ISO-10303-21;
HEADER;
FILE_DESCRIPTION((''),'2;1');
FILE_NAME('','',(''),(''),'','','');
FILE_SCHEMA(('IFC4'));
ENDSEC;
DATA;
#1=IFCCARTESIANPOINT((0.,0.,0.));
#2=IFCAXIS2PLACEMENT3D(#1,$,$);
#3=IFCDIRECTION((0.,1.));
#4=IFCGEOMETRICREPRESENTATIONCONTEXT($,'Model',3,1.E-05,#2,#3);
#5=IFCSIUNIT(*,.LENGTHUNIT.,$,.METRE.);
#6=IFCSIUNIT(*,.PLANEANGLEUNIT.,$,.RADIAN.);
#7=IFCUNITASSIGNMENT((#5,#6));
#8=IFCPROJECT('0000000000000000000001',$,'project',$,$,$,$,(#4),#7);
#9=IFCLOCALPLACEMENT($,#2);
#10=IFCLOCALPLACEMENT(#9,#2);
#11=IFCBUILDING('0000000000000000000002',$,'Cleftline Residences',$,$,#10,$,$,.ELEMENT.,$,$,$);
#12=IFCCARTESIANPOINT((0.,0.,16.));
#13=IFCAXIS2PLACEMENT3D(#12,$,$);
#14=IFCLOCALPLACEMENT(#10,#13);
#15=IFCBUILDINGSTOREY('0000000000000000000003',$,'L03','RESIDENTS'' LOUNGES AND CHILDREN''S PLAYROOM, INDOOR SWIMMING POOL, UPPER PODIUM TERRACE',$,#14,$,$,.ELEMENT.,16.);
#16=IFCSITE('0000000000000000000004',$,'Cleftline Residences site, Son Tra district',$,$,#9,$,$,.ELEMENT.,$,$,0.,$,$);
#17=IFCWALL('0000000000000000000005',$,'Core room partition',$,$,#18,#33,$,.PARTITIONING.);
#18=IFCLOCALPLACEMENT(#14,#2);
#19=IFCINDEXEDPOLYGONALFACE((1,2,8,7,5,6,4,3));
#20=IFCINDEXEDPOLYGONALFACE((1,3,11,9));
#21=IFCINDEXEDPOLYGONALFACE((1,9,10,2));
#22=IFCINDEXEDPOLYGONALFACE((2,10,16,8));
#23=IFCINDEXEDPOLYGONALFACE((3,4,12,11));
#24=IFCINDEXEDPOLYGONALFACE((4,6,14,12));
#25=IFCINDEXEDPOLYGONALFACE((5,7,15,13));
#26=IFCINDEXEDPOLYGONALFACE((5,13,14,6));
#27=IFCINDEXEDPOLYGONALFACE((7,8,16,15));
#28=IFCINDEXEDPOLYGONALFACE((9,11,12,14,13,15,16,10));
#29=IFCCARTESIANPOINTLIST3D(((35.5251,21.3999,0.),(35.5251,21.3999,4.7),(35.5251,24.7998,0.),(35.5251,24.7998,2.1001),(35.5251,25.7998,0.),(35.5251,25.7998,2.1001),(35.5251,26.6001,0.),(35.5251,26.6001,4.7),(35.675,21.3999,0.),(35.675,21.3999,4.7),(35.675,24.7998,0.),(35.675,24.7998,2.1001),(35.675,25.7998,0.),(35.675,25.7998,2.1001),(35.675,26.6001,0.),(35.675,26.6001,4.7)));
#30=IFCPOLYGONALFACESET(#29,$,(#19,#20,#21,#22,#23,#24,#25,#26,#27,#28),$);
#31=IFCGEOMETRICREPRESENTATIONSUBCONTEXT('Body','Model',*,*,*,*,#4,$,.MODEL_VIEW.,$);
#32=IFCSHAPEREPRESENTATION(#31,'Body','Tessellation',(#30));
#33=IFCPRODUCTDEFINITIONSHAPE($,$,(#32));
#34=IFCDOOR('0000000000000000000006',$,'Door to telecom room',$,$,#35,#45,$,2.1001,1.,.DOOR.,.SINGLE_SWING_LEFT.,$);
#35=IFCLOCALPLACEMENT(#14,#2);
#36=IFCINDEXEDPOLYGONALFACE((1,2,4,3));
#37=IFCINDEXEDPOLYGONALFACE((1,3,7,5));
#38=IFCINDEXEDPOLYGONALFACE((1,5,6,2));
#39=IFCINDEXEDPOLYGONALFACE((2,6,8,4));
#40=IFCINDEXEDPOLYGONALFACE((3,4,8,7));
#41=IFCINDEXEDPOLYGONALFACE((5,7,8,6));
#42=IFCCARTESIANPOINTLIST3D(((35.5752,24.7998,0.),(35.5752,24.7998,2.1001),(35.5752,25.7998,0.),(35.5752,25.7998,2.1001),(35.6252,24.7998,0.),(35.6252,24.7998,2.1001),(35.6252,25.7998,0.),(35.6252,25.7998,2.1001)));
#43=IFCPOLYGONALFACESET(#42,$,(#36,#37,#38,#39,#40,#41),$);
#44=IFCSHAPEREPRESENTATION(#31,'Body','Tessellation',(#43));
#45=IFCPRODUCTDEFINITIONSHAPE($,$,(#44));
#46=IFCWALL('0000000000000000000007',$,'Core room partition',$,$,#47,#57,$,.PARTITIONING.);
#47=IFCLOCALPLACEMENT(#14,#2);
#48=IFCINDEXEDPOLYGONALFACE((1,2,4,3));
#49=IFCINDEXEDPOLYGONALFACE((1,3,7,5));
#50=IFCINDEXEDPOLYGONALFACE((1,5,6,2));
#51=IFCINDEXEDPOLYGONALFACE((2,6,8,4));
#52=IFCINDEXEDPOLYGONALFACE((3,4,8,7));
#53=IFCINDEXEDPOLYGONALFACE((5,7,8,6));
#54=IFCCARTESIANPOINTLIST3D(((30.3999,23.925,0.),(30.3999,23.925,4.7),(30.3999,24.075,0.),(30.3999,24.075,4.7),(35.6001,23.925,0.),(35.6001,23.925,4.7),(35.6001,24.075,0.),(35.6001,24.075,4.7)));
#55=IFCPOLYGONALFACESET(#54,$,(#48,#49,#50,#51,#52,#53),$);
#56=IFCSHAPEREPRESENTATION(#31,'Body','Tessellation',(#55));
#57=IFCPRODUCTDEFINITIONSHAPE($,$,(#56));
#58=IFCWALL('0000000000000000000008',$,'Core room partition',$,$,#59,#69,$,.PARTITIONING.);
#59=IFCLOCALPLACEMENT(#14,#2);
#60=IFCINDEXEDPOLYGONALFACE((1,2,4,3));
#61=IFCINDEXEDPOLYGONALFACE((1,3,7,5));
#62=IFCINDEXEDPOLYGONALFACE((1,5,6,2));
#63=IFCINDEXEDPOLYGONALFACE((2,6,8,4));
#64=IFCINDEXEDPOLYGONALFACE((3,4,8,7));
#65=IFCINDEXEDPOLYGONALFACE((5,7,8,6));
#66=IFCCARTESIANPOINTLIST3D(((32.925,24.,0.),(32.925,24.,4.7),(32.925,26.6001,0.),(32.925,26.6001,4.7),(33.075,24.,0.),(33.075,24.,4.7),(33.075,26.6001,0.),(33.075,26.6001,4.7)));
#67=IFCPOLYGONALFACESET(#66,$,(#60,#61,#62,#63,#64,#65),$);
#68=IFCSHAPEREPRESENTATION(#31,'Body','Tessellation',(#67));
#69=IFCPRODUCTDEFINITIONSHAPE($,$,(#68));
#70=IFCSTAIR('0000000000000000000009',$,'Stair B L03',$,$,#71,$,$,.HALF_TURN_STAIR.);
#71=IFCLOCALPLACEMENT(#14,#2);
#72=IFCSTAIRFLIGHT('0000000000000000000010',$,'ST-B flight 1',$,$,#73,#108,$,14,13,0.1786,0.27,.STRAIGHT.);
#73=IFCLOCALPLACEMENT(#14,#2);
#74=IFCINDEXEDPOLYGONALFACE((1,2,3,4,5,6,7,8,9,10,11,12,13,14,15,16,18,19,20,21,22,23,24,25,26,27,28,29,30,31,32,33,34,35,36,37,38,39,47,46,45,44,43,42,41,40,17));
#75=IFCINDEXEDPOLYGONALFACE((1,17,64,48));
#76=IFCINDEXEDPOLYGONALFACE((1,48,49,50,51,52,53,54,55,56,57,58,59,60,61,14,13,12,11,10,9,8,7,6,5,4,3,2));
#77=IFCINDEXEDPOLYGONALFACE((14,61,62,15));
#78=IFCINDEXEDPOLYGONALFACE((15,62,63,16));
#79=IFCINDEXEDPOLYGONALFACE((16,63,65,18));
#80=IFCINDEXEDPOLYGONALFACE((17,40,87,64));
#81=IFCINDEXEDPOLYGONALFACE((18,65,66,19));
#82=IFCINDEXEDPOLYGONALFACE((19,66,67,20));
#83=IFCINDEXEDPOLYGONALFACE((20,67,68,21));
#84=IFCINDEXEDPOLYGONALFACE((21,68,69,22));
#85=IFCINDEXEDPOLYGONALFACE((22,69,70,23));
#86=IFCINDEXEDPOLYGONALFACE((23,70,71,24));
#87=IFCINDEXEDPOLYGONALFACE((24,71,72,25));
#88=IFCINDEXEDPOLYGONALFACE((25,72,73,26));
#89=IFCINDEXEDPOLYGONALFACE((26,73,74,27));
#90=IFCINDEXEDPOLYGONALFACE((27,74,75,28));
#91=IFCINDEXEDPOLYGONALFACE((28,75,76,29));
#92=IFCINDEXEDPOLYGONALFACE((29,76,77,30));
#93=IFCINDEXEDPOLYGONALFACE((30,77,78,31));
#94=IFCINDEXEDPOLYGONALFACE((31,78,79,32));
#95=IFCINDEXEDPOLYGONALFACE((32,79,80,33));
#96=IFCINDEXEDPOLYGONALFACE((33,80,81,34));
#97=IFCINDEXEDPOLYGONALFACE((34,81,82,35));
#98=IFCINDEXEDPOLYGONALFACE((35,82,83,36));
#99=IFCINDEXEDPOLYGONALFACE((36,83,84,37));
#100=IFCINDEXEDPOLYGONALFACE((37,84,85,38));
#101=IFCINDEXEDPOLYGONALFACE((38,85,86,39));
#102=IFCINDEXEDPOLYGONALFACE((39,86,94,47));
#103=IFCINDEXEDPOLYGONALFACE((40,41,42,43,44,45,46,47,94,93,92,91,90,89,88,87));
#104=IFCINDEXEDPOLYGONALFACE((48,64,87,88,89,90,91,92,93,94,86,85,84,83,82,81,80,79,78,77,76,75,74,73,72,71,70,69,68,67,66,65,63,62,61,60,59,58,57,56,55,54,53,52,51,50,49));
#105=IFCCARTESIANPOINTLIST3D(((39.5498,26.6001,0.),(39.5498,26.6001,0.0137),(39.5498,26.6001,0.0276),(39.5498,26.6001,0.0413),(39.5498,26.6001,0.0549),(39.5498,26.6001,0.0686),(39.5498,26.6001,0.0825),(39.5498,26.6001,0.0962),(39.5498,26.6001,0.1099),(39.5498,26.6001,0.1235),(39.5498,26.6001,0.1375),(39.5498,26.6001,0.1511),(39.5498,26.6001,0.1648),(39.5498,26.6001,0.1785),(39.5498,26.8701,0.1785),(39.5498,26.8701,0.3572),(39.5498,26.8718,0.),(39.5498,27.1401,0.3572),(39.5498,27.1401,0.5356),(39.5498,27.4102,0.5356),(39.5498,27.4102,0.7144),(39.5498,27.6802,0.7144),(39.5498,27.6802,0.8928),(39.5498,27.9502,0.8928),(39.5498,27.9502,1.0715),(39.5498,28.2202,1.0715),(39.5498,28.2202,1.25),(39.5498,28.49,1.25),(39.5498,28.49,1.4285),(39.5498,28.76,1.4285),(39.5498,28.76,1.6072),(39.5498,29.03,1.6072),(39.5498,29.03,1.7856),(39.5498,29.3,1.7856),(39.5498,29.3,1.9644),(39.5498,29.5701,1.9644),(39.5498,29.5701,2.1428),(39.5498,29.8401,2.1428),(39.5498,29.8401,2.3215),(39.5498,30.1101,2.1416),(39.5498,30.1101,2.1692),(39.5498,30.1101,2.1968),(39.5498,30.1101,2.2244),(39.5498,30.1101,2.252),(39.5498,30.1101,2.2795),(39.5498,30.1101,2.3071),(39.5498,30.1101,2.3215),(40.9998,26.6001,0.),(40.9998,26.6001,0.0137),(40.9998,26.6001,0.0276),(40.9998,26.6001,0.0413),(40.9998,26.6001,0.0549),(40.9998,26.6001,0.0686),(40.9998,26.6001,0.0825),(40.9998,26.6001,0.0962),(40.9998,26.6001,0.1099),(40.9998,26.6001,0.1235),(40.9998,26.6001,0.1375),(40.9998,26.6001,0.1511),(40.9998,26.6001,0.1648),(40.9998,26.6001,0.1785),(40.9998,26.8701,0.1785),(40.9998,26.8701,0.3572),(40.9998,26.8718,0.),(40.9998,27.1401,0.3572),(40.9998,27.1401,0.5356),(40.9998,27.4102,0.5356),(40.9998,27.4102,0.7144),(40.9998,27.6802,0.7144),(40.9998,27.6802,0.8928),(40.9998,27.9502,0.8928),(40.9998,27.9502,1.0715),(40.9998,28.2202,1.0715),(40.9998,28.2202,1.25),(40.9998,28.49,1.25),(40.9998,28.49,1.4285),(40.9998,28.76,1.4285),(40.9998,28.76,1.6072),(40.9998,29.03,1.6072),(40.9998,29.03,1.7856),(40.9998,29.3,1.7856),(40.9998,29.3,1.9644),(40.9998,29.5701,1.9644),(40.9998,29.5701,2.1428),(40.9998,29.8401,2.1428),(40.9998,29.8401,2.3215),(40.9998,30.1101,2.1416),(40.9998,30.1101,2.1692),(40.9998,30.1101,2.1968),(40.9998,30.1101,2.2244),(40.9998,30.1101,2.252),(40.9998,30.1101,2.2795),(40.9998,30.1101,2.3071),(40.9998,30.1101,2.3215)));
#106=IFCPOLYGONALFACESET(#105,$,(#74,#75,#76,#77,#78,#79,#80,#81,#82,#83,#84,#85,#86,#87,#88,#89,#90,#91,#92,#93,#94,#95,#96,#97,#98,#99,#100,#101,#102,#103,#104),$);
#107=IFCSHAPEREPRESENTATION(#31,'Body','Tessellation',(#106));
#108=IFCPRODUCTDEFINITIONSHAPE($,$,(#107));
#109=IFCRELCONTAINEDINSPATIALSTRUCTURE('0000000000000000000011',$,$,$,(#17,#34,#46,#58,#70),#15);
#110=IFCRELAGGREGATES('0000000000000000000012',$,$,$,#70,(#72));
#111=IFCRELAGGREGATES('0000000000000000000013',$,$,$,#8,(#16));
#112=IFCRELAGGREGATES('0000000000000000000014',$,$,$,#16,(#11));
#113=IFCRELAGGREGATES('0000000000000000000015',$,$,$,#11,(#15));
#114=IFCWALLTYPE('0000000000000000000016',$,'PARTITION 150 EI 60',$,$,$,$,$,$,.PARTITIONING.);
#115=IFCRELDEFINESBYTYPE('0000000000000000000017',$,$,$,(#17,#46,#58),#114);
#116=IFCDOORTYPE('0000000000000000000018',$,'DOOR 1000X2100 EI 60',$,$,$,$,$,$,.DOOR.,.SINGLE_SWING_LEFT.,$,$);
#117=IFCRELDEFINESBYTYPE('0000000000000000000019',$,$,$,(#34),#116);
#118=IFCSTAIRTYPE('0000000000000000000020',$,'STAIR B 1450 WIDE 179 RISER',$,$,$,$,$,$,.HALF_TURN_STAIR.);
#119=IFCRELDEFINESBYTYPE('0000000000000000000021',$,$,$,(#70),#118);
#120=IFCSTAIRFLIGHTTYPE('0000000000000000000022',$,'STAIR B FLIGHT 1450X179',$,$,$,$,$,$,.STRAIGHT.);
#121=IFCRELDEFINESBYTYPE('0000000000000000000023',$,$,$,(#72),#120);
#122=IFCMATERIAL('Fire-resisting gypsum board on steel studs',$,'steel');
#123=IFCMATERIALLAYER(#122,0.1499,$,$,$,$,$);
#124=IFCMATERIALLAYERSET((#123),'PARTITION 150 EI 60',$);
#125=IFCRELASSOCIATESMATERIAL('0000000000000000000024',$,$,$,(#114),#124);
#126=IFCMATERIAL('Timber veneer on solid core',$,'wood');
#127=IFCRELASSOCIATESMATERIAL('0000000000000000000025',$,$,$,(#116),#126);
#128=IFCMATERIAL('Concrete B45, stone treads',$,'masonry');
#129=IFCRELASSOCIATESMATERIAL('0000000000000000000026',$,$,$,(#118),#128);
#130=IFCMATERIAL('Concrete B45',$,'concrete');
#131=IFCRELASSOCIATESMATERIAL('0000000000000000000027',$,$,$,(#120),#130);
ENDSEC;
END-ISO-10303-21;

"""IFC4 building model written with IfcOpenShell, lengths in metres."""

from ifc_helpers import new_model, si_unit, direction, frame, frame_2d, origin, place, context, subcontext, project, spatial, polyline, rectangle, outline, extrude, material, layer, layer_set, type_object, element, fill, aggregate, save


model = new_model("IFC4")

# Units and contexts
model_context = context("Model", 3, precision=1e-05, world=origin(), true_north=direction((0.0, 1.0)))
body_context = subcontext(model_context, "Body", "Model", "MODEL_VIEW")
ifc_project = project(units=[si_unit("LENGTHUNIT", "METRE"), si_unit("PLANEANGLEUNIT", "RADIAN")], contexts=[model_context])

# Site, building, storey
site_placement = place(None, origin())
site = spatial("IfcSite", under=ifc_project, at=site_placement, Name="Cleftline Residences site, Son Tra district", CompositionType="ELEMENT", RefElevation=0.0)
building_placement = place(site_placement, origin())
building = spatial("IfcBuilding", under=site, at=building_placement, Name="Cleftline Residences", CompositionType="ELEMENT")
storey_placement = place(building_placement, frame((0.0, 0.0, 16.0)))
storey = spatial("IfcBuildingStorey", under=building, at=storey_placement, Name="L03", Description="RESIDENTS' LOUNGES AND CHILDREN'S PLAYROOM, INDOOR SWIMMING POOL, UPPER PODIUM TERRACE", CompositionType="ELEMENT", Elevation=16.0)

# Shared definitions
ifc_material_1 = material(Name="Fire-resisting gypsum board on steel studs", Category="steel")
ifc_layer_1 = layer(ifc_material_1, 0.1499)
ifc_layer_set_1 = layer_set([ifc_layer_1], Name="PARTITION 150 EI 60")
wall_type_1 = type_object("IfcWallType", Name="PARTITION 150 EI 60", PredefinedType="PARTITIONING", material=ifc_layer_set_1)

# Wall, opening, door
wall_1_placement = place(storey_placement, frame((35.6001, 21.3999, 0.0), z_axis=(0.0, 0.0, 1.0), x_axis=(0.0, 1.0, 0.0)))
wall_1 = element("IfcWall", 1, at=wall_1_placement, inside=storey, type_object=wall_type_1, Name="Core room partition", PredefinedType="PARTITIONING", context=body_context, shape_type="SweptSolid", body=[
    extrude(rectangle(XDim=5.2002, YDim=0.1499, at=frame_2d((2.6001, 0.0))), origin(), (0.0, 0.0, 1.0), 4.7),
])
opening_1_placement = place(wall_1_placement, frame((3.3999, 0.0, 0.0)))
opening_1 = element("IfcOpeningElement", 2, at=opening_1_placement, cuts=wall_1, PredefinedType="OPENING", context=body_context, shape_type="SweptSolid", body=[
    extrude(rectangle(XDim=1.0, YDim=2.1001, at=frame_2d((0.5, 1.05))), frame((0.0, 0.085, 0.0), z_axis=(0.0, -1.0, 0.0), x_axis=(1.0, 0.0, 0.0)), (0.0, 0.0, 1.0), 0.1699),
])
ifc_material_2 = material(Name="Timber veneer on solid core", Category="wood")
door_type_1 = type_object("IfcDoorType", Name="DOOR 1000X2100 EI 60", OperationType="SINGLE_SWING_LEFT", PredefinedType="DOOR", material=ifc_material_2)
door_1_placement = place(opening_1_placement, origin())
door_1 = element("IfcDoor", 3, at=door_1_placement, inside=storey, type_object=door_type_1, Name="Door to telecom room", OperationType="SINGLE_SWING_LEFT", OverallHeight=2.1001, OverallWidth=1.0, PredefinedType="DOOR", context=body_context, shape_type="SweptSolid", body=[
    extrude(rectangle(XDim=1.0, YDim=2.1001, at=frame_2d((0.5, 1.05))), frame((0.0, 0.0249, 0.0), z_axis=(0.0, -1.0, 0.0), x_axis=(1.0, 0.0, 0.0)), (0.0, 0.0, 1.0), 0.05),
])
fill(opening_1, door_1)

# Walls
wall_2_placement = place(storey_placement, frame((30.3999, 24.0, 0.0), z_axis=(0.0, 0.0, 1.0), x_axis=(1.0, 0.0, 0.0)))
element("IfcWall", 4, at=wall_2_placement, inside=storey, type_object=wall_type_1, Name="Core room partition", PredefinedType="PARTITIONING", context=body_context, shape_type="SweptSolid", body=[
    extrude(rectangle(XDim=5.2002, YDim=0.1499, at=frame_2d((2.6001, 0.0))), origin(), (0.0, 0.0, 1.0), 4.7),
])
wall_3_placement = place(storey_placement, frame((33.0, 24.0, 0.0), z_axis=(0.0, 0.0, 1.0), x_axis=(0.0, 1.0, 0.0)))
element("IfcWall", 5, at=wall_3_placement, inside=storey, type_object=wall_type_1, Name="Core room partition", PredefinedType="PARTITIONING", context=body_context, shape_type="SweptSolid", body=[
    extrude(rectangle(XDim=2.6001, YDim=0.1499, at=frame_2d((1.3, 0.0))), origin(), (0.0, 0.0, 1.0), 4.7),
])

# Stair, stair flight
ifc_material_3 = material(Name="Concrete B45, stone treads", Category="masonry")
stair_type = type_object("IfcStairType", Name="STAIR B 1450 WIDE 179 RISER", PredefinedType="HALF_TURN_STAIR", material=ifc_material_3)
stair_placement = place(storey_placement, origin())
stair = element("IfcStair", 6, at=stair_placement, inside=storey, type_object=stair_type, Name="Stair B L03", PredefinedType="HALF_TURN_STAIR")
ifc_material_4 = material(Name="Concrete B45", Category="concrete")
stair_flight_type = type_object("IfcStairFlightType", Name="STAIR B FLIGHT 1450X179", PredefinedType="STRAIGHT", material=ifc_material_4)
stair_flight_placement = place(storey_placement, frame((40.2749, 26.6001, 0.0), z_axis=(0.0, 0.0, 1.0), x_axis=(0.0, 1.0, 0.0)))
stair_flight = element("IfcStairFlight", 7, at=stair_flight_placement, type_object=stair_flight_type, Name="ST-B flight 1", NumberOfRisers=14, NumberOfTreads=13, PredefinedType="STRAIGHT", RiserHeight=0.1786, TreadLength=0.27, context=body_context, shape_type="SweptSolid", body=[
    extrude(outline(polyline([(0.0, 0.0), (0.0, 0.0137), (0.0, 0.0276), (0.0, 0.0413), (0.0, 0.0549), (0.0, 0.0686), (0.0, 0.0825), (0.0, 0.0962), (0.0, 0.1099), (0.0, 0.1235), (0.0, 0.1375), (0.0, 0.1511), (0.0, 0.1648), (0.0, 0.1785), (0.27, 0.1785), (0.27, 0.3572), (0.54, 0.3572), (0.54, 0.5356), (0.8101, 0.5356), (0.8101, 0.7144), (1.0801, 0.7144), (1.0801, 0.8928), (1.3501, 0.8928), (1.3501, 1.0715), (1.6201, 1.0715), (1.6201, 1.25), (1.8899, 1.25), (1.8899, 1.4285), (2.1599, 1.4285), (2.1599, 1.6072), (2.4299, 1.6072), (2.4299, 1.7856), (2.7, 1.7856), (2.7, 1.9644), (2.97, 1.9644), (2.97, 2.1428), (3.24, 2.1428), (3.24, 2.3215), (3.51, 2.3215), (3.51, 2.5), (3.51, 2.4724), (3.51, 2.4448), (3.51, 2.4172), (3.51, 2.3896), (3.51, 2.3623), (3.51, 2.3347), (3.51, 2.3071), (3.51, 2.2795), (3.51, 2.252), (3.51, 2.2244), (3.51, 2.1968), (3.51, 2.1692), (3.51, 2.1416), (0.2717, 0.0), (0.0, 0.0)])), frame((0.0, 0.7251, 0.0), z_axis=(0.0, -1.0, 0.0), x_axis=(1.0, 0.0, 0.0)), (0.0, 0.0, 1.0), 1.45),
])
aggregate(stair, [stair_flight])

save(model, "model.ifc")
